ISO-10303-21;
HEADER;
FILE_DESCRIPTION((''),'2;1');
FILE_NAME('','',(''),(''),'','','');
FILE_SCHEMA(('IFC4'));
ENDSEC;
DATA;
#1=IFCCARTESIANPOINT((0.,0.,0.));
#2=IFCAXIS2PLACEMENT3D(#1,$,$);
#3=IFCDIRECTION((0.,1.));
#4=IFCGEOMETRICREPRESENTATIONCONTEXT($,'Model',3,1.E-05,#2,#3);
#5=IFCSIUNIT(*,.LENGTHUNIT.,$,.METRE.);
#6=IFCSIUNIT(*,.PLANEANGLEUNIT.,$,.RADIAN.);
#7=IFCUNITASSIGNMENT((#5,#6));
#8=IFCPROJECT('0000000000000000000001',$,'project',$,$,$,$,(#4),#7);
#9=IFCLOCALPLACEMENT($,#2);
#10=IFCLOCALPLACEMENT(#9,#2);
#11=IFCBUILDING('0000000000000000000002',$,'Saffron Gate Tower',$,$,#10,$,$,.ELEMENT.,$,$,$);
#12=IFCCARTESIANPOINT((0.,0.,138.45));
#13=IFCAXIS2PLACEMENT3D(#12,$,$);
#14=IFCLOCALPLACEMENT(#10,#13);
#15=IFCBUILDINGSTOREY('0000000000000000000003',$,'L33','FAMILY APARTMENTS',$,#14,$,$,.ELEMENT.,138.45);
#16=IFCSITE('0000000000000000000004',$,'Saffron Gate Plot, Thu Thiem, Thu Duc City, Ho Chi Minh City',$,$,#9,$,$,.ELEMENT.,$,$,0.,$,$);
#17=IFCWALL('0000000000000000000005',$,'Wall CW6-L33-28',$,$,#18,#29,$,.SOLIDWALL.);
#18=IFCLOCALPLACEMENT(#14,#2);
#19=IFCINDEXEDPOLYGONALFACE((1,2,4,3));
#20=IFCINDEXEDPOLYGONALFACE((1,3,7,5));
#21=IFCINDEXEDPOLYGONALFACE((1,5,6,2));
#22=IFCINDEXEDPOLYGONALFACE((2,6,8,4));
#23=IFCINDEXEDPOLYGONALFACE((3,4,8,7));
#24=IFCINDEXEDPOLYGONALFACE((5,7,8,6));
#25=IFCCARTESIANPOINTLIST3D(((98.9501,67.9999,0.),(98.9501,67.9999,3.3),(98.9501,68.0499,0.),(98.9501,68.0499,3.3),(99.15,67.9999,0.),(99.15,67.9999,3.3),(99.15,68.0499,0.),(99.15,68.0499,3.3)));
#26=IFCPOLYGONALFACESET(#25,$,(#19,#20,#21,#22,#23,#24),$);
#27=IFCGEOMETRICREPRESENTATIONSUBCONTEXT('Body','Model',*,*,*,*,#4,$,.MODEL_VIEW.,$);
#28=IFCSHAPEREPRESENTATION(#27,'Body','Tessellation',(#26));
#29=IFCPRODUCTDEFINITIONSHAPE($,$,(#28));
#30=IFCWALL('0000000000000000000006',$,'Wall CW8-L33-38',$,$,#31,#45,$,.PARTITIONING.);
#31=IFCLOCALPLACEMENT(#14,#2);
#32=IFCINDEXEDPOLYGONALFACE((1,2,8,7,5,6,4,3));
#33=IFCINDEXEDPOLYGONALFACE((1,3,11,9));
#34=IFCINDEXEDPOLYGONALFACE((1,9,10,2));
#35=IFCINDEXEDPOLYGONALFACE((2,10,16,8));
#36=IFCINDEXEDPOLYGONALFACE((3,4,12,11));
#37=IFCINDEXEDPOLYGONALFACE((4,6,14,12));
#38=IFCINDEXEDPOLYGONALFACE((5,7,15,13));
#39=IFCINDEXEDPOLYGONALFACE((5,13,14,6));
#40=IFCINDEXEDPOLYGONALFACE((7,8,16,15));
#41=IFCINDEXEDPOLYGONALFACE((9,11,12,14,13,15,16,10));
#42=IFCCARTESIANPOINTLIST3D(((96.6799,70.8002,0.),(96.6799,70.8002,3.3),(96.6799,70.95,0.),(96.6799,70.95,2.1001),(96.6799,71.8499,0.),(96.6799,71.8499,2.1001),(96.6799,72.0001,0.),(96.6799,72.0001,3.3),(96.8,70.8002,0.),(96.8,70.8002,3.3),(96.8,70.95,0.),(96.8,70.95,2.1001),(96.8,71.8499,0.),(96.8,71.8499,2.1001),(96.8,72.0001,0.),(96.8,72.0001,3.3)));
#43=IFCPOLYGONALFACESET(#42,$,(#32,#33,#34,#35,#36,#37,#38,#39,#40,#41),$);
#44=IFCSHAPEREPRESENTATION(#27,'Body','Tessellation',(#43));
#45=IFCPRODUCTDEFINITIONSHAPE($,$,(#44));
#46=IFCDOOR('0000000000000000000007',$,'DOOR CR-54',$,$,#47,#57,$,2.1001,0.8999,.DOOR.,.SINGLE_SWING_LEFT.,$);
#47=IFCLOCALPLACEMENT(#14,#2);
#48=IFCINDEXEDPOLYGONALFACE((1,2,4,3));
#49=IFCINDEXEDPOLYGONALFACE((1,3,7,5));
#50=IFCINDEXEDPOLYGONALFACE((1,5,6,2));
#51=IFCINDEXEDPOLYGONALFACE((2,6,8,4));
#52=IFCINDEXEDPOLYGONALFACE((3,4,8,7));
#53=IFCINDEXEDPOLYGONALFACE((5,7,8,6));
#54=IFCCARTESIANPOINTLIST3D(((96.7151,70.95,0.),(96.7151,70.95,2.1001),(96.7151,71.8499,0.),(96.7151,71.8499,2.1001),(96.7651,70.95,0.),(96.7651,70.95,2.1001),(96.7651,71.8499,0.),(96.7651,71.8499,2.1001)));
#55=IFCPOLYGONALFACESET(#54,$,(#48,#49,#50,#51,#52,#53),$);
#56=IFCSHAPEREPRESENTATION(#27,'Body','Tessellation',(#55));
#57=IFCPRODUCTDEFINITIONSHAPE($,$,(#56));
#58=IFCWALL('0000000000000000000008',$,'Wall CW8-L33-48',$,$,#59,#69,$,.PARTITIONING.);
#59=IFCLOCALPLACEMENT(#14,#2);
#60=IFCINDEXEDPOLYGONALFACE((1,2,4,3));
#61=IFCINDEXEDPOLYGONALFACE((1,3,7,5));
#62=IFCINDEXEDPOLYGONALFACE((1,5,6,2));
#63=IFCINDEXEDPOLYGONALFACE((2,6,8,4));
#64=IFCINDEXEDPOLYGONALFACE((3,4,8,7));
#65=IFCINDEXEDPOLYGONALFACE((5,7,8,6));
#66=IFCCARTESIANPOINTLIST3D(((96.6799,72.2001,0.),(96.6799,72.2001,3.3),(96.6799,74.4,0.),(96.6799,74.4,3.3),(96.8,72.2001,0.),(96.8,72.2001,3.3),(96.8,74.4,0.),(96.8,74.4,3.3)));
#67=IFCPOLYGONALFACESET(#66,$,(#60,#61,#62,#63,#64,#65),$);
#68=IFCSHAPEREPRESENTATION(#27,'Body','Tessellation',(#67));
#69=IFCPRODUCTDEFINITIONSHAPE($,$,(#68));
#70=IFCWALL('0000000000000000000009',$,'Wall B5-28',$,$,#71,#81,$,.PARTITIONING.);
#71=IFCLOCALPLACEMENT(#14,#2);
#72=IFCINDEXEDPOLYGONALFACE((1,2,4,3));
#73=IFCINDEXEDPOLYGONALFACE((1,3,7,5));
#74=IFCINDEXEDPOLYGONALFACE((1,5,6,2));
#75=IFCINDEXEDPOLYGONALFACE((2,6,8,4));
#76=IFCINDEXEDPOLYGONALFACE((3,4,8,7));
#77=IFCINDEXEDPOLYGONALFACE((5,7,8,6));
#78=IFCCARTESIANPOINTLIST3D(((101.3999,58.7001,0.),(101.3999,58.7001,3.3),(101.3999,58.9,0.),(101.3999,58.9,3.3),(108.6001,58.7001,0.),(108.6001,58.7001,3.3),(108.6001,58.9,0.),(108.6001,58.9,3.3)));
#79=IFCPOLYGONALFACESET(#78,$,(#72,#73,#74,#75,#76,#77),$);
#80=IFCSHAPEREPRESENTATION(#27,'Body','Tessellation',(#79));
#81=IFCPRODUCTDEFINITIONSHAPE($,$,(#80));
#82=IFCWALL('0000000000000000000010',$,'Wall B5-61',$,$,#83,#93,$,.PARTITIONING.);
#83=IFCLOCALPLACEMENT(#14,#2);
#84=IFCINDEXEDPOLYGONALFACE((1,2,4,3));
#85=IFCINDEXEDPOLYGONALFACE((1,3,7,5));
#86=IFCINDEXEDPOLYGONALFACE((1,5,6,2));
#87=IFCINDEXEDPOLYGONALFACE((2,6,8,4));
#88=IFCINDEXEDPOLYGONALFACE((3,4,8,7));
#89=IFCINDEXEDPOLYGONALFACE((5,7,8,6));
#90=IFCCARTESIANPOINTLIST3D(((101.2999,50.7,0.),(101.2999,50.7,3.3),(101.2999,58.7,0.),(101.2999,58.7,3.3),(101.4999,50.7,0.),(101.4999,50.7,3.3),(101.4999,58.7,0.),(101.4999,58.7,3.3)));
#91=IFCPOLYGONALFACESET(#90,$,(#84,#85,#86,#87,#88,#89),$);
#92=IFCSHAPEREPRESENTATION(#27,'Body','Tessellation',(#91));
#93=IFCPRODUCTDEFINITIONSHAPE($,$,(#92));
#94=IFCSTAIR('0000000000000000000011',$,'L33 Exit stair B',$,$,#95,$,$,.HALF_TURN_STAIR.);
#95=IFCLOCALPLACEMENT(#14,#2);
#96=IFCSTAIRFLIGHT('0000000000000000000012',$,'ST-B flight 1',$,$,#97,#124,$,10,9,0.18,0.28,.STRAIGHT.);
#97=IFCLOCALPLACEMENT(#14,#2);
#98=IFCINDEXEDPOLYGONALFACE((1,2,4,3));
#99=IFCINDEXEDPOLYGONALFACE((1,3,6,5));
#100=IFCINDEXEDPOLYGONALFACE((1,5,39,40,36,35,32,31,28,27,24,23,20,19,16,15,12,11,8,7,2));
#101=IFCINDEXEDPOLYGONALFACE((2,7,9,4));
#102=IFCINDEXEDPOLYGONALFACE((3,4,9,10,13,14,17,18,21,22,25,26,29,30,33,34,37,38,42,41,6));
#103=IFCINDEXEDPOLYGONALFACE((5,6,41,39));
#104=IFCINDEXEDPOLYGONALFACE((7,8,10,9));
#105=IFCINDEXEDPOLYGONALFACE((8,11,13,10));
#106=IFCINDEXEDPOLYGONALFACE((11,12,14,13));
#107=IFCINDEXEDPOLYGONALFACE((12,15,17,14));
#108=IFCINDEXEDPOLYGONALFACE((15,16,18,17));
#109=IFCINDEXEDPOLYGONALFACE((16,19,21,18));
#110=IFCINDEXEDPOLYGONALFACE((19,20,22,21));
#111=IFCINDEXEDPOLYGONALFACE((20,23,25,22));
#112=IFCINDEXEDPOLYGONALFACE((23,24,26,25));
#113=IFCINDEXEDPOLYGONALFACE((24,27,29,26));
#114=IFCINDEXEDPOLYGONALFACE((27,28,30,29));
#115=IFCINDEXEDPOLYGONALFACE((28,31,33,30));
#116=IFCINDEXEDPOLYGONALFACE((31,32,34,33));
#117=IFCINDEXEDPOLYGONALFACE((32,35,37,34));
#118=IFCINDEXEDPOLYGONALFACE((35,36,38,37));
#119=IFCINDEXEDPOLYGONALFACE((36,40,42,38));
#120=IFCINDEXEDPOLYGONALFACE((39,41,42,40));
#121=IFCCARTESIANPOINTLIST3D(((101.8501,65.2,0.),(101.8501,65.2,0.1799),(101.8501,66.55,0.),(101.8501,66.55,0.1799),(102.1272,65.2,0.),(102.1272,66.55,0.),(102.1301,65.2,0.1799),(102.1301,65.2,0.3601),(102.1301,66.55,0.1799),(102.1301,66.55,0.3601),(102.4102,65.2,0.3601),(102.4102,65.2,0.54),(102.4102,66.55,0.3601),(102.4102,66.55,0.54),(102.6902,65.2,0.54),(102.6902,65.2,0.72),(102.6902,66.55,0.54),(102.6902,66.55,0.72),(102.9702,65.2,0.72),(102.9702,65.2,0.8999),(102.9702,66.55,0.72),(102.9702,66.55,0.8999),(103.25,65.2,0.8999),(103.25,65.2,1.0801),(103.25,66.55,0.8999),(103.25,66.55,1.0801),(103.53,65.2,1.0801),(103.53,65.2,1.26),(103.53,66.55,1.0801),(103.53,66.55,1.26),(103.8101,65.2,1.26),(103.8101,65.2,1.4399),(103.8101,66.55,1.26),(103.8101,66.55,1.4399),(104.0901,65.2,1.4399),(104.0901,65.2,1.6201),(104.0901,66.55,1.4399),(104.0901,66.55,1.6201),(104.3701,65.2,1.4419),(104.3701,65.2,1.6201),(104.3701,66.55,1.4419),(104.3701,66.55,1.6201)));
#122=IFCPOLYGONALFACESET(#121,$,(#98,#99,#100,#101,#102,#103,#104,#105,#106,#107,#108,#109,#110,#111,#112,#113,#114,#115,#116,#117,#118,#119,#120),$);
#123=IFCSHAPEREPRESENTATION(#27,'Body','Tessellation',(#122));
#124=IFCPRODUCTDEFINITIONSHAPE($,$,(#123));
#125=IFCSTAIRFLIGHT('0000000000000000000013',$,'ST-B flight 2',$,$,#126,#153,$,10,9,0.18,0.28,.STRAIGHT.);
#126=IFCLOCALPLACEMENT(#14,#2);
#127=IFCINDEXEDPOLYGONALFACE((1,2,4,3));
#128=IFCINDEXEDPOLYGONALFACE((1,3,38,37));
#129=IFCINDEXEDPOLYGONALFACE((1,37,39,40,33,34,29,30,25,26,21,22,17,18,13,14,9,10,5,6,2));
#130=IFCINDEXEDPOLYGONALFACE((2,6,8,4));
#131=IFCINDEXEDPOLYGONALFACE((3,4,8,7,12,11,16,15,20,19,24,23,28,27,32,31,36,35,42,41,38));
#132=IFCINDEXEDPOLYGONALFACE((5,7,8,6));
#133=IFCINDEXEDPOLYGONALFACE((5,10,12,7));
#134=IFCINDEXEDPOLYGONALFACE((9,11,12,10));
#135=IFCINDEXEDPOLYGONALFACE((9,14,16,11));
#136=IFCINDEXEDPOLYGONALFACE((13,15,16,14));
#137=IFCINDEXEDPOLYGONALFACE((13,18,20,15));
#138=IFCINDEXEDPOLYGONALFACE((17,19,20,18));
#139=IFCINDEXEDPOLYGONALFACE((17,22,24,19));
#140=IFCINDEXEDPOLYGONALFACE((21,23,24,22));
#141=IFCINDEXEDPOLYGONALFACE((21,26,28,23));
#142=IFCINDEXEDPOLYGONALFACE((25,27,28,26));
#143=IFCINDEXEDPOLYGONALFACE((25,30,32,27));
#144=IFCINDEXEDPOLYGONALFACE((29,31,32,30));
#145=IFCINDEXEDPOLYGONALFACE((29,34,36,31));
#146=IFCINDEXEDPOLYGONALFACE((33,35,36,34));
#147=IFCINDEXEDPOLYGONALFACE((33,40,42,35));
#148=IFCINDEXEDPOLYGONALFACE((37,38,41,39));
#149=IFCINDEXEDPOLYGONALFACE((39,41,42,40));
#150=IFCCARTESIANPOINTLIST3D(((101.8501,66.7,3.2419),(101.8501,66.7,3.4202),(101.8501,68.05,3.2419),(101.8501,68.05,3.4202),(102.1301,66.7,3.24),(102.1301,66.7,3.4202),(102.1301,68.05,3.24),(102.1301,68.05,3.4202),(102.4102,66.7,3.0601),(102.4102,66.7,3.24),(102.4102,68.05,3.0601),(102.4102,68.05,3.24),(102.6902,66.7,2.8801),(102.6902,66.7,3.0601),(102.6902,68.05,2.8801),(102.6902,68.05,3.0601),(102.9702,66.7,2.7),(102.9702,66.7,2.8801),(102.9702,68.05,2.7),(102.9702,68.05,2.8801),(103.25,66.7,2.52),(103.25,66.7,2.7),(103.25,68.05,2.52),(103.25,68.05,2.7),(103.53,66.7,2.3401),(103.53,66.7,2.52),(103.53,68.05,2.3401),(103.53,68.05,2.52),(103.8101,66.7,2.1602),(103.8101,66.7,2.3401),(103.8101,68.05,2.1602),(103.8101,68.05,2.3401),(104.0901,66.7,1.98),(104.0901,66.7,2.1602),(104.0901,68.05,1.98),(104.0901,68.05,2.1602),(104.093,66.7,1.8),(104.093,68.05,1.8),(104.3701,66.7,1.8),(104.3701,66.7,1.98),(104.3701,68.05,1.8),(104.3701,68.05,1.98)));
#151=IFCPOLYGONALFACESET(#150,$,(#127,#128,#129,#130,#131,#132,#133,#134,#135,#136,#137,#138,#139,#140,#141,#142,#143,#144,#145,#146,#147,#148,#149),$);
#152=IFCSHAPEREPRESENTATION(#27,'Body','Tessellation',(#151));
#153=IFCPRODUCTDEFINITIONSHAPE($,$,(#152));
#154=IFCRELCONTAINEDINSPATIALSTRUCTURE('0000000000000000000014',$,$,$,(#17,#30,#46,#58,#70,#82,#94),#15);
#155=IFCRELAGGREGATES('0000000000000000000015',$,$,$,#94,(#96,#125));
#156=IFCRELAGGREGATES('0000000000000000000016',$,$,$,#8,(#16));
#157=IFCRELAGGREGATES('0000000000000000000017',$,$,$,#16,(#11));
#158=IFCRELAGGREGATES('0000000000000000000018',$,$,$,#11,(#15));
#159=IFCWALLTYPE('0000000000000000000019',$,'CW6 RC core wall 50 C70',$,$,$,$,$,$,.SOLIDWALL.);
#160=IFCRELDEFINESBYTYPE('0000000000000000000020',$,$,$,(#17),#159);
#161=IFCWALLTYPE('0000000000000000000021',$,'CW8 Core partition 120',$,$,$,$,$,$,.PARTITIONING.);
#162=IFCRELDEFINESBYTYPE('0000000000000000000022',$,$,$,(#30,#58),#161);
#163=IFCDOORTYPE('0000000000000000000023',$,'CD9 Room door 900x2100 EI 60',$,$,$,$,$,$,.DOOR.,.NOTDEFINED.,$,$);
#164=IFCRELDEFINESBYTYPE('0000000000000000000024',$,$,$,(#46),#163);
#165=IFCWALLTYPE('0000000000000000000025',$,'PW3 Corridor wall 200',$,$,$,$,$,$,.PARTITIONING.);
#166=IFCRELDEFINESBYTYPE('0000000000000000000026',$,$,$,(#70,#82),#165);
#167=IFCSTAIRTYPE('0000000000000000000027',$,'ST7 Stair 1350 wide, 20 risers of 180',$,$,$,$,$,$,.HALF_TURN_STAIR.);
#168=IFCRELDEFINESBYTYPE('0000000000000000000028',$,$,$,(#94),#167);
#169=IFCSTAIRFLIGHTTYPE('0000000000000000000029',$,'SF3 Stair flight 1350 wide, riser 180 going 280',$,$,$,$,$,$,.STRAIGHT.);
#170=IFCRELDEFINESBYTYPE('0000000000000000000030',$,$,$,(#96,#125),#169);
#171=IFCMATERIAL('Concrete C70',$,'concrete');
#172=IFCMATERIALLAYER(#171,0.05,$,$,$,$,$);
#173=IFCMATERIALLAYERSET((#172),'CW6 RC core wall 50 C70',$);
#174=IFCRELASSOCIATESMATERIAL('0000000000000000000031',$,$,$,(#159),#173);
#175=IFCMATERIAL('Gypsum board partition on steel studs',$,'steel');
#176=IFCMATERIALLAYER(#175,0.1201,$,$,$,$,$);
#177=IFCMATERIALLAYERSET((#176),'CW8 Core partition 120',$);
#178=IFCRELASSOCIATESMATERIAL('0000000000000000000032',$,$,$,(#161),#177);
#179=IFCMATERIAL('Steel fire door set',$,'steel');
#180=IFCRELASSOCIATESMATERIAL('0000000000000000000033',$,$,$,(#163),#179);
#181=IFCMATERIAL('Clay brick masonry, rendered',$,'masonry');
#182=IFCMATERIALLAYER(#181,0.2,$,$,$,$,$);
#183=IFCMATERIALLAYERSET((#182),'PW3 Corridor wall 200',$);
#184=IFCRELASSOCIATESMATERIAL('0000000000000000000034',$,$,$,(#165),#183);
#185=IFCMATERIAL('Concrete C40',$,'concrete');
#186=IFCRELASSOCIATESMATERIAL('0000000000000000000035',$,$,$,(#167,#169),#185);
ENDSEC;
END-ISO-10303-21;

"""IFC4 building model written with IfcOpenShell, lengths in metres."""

from ifc_helpers import new_model, si_unit, direction, frame, frame_2d, origin, place, context, subcontext, project, spatial, polyline, rectangle, outline, extrude, material, layer, layer_set, type_object, element, fill, aggregate, save


model = new_model("IFC4")

# Units and contexts
model_context = context("Model", 3, precision=1e-05, world=origin(), true_north=direction((0.0, 1.0)))
body_context = subcontext(model_context, "Body", "Model", "MODEL_VIEW")
ifc_project = project(units=[si_unit("LENGTHUNIT", "METRE"), si_unit("PLANEANGLEUNIT", "RADIAN")], contexts=[model_context])

# Site, building, storey
site_placement = place(None, origin())
site = spatial("IfcSite", under=ifc_project, at=site_placement, Name="Saffron Gate Plot, Thu Thiem, Thu Duc City, Ho Chi Minh City", CompositionType="ELEMENT", RefElevation=0.0)
building_placement = place(site_placement, origin())
building = spatial("IfcBuilding", under=site, at=building_placement, Name="Saffron Gate Tower", CompositionType="ELEMENT")
storey_placement = place(building_placement, frame((0.0, 0.0, 138.45)))
storey = spatial("IfcBuildingStorey", under=building, at=storey_placement, Name="L33", Description="FAMILY APARTMENTS", CompositionType="ELEMENT", Elevation=138.45)

# Shared definitions
ifc_material_1 = material(Name="Concrete C70", Category="concrete")
ifc_material_2 = material(Name="Steel fire door set", Category="steel")

# Wall
ifc_layer_1 = layer(ifc_material_1, 0.05)
ifc_layer_set_1 = layer_set([ifc_layer_1], Name="CW6 RC core wall 50 C70")
wall_type_1 = type_object("IfcWallType", Name="CW6 RC core wall 50 C70", PredefinedType="SOLIDWALL", material=ifc_layer_set_1)
wall_1_placement = place(storey_placement, frame((98.95, 68.0249, 0.0), z_axis=(0.0, 0.0, 1.0), x_axis=(1.0, 0.0, 0.0)))
element("IfcWall", 1, at=wall_1_placement, inside=storey, type_object=wall_type_1, Name="Wall CW6-L33-28", PredefinedType="SOLIDWALL", context=body_context, shape_type="SweptSolid", body=[
    extrude(rectangle(XDim=0.2, YDim=0.05, at=frame_2d((0.1001, 0.0))), origin(), (0.0, 0.0, 1.0), 3.3),
])

# Wall, opening, door
ifc_material_3 = material(Name="Gypsum board partition on steel studs", Category="steel")
ifc_layer_2 = layer(ifc_material_3, 0.1201)
ifc_layer_set_2 = layer_set([ifc_layer_2], Name="CW8 Core partition 120")
wall_type_2 = type_object("IfcWallType", Name="CW8 Core partition 120", PredefinedType="PARTITIONING", material=ifc_layer_set_2)
wall_2_placement = place(storey_placement, frame((96.74, 70.8, 0.0), z_axis=(0.0, 0.0, 1.0), x_axis=(0.0, 1.0, 0.0)))
wall_2 = element("IfcWall", 2, at=wall_2_placement, inside=storey, type_object=wall_type_2, Name="Wall CW8-L33-38", PredefinedType="PARTITIONING", context=body_context, shape_type="SweptSolid", body=[
    extrude(rectangle(XDim=1.2, YDim=0.1201, at=frame_2d((0.6001, 0.0))), origin(), (0.0, 0.0, 1.0), 3.3),
])
opening_1_placement = place(wall_2_placement, frame((0.1499, 0.0, 0.0)))
opening_1 = element("IfcOpeningElement", 3, at=opening_1_placement, cuts=wall_2, PredefinedType="OPENING", context=body_context, shape_type="SweptSolid", body=[
    extrude(rectangle(XDim=0.8999, YDim=2.1001, at=frame_2d((0.45, 1.05))), frame((0.0, 0.0701, 0.0), z_axis=(0.0, -1.0, 0.0), x_axis=(1.0, 0.0, 0.0)), (0.0, 0.0, 1.0), 0.1401),
])
door_type_1 = type_object("IfcDoorType", Name="CD9 Room door 900x2100 EI 60", OperationType="NOTDEFINED", PredefinedType="DOOR", material=ifc_material_2)
door_1_placement = place(opening_1_placement, origin())
door_1 = element("IfcDoor", 4, at=door_1_placement, inside=storey, type_object=door_type_1, Name="DOOR CR-54", OperationType="SINGLE_SWING_LEFT", OverallHeight=2.1001, OverallWidth=0.8999, PredefinedType="DOOR", context=body_context, shape_type="SweptSolid", body=[
    extrude(rectangle(XDim=0.8999, YDim=2.1001, at=frame_2d((0.45, 1.05))), frame((0.0, 0.0249, 0.0), z_axis=(0.0, -1.0, 0.0), x_axis=(1.0, 0.0, 0.0)), (0.0, 0.0, 1.0), 0.05),
])
fill(opening_1, door_1)

# Walls
wall_3_placement = place(storey_placement, frame((96.74, 72.2, 0.0), z_axis=(0.0, 0.0, 1.0), x_axis=(0.0, 1.0, 0.0)))
element("IfcWall", 5, at=wall_3_placement, inside=storey, type_object=wall_type_2, Name="Wall CW8-L33-48", PredefinedType="PARTITIONING", context=body_context, shape_type="SweptSolid", body=[
    extrude(rectangle(XDim=2.2, YDim=0.1201, at=frame_2d((1.1001, 0.0))), origin(), (0.0, 0.0, 1.0), 3.3),
])
ifc_material_4 = material(Name="Clay brick masonry, rendered", Category="masonry")
ifc_layer_3 = layer(ifc_material_4, 0.2)
ifc_layer_set_3 = layer_set([ifc_layer_3], Name="PW3 Corridor wall 200")
wall_type_3 = type_object("IfcWallType", Name="PW3 Corridor wall 200", PredefinedType="PARTITIONING", material=ifc_layer_set_3)
wall_4_placement = place(storey_placement, frame((101.3999, 58.8, 0.0), z_axis=(0.0, 0.0, 1.0), x_axis=(1.0, 0.0, 0.0)))
element("IfcWall", 6, at=wall_4_placement, inside=storey, type_object=wall_type_3, Name="Wall B5-28", PredefinedType="PARTITIONING", context=body_context, shape_type="SweptSolid", body=[
    extrude(rectangle(XDim=7.2002, YDim=0.2, at=frame_2d((3.6001, 0.0))), origin(), (0.0, 0.0, 1.0), 3.3),
])
wall_5_placement = place(storey_placement, frame((101.3999, 58.7, 0.0), z_axis=(0.0, 0.0, 1.0), x_axis=(0.0, -1.0, 0.0)))
element("IfcWall", 7, at=wall_5_placement, inside=storey, type_object=wall_type_3, Name="Wall B5-61", PredefinedType="PARTITIONING", context=body_context, shape_type="SweptSolid", body=[
    extrude(rectangle(XDim=8.0, YDim=0.2, at=frame_2d((4.0, 0.0))), origin(), (0.0, 0.0, 1.0), 3.3),
])

# Stair, stair flights
ifc_material_5 = material(Name="Concrete C40", Category="concrete")
stair_type = type_object("IfcStairType", Name="ST7 Stair 1350 wide, 20 risers of 180", PredefinedType="HALF_TURN_STAIR", material=ifc_material_5)
stair_placement = place(storey_placement, origin())
stair = element("IfcStair", 8, at=stair_placement, inside=storey, type_object=stair_type, Name="L33 Exit stair B", PredefinedType="HALF_TURN_STAIR")
stair_flight_type = type_object("IfcStairFlightType", Name="SF3 Stair flight 1350 wide, riser 180 going 280", PredefinedType="STRAIGHT", material=ifc_material_5)
stair_flight_1_placement = place(storey_placement, frame((101.8501, 65.875, 0.0), z_axis=(0.0, 0.0, 1.0), x_axis=(1.0, 0.0, 0.0)))
stair_flight_1 = element("IfcStairFlight", 9, at=stair_flight_1_placement, type_object=stair_flight_type, Name="ST-B flight 1", NumberOfRisers=10, NumberOfTreads=9, PredefinedType="STRAIGHT", RiserHeight=0.18, TreadLength=0.28, context=body_context, shape_type="SweptSolid", body=[
    extrude(outline(polyline([(0.0, 0.0), (0.0, 0.1799), (0.28, 0.1799), (0.28, 0.3601), (0.5601, 0.3601), (0.5601, 0.54), (0.8401, 0.54), (0.8401, 0.72), (1.1201, 0.72), (1.1201, 0.8999), (1.3999, 0.8999), (1.3999, 1.0801), (1.6799, 1.0801), (1.6799, 1.26), (1.96, 1.26), (1.96, 1.4399), (2.24, 1.4399), (2.24, 1.6201), (2.52, 1.6201), (2.52, 1.8), (2.52, 1.4419), (0.2771, 0.0), (0.0, 0.0)])), frame((0.0, 0.675, 0.0), z_axis=(0.0, -1.0, 0.0), x_axis=(1.0, 0.0, 0.0)), (0.0, 0.0, 1.0), 1.3501),
])
stair_flight_2_placement = place(storey_placement, frame((104.3701, 67.375, 1.8), z_axis=(0.0, 0.0, 1.0), x_axis=(-1.0, 0.0, 0.0)))
stair_flight_2 = element("IfcStairFlight", 10, at=stair_flight_2_placement, type_object=stair_flight_type, Name="ST-B flight 2", NumberOfRisers=10, NumberOfTreads=9, PredefinedType="STRAIGHT", RiserHeight=0.18, TreadLength=0.28, context=body_context, shape_type="SweptSolid", body=[
    extrude(outline(polyline([(0.0, 0.0), (0.0, 0.1799), (0.28, 0.1799), (0.28, 0.3601), (0.5601, 0.3601), (0.5601, 0.54), (0.8401, 0.54), (0.8401, 0.72), (1.1201, 0.72), (1.1201, 0.8999), (1.3999, 0.8999), (1.3999, 1.0801), (1.6799, 1.0801), (1.6799, 1.26), (1.96, 1.26), (1.96, 1.4399), (2.24, 1.4399), (2.24, 1.6201), (2.52, 1.6201), (2.52, 1.8), (2.52, 1.4419), (0.2771, 0.0), (0.0, 0.0)])), frame((0.0, 0.675, 0.0), z_axis=(0.0, -1.0, 0.0), x_axis=(1.0, 0.0, 0.0)), (0.0, 0.0, 1.0), 1.3501),
])
aggregate(stair, [stair_flight_1, stair_flight_2])

save(model, "model.ifc")
